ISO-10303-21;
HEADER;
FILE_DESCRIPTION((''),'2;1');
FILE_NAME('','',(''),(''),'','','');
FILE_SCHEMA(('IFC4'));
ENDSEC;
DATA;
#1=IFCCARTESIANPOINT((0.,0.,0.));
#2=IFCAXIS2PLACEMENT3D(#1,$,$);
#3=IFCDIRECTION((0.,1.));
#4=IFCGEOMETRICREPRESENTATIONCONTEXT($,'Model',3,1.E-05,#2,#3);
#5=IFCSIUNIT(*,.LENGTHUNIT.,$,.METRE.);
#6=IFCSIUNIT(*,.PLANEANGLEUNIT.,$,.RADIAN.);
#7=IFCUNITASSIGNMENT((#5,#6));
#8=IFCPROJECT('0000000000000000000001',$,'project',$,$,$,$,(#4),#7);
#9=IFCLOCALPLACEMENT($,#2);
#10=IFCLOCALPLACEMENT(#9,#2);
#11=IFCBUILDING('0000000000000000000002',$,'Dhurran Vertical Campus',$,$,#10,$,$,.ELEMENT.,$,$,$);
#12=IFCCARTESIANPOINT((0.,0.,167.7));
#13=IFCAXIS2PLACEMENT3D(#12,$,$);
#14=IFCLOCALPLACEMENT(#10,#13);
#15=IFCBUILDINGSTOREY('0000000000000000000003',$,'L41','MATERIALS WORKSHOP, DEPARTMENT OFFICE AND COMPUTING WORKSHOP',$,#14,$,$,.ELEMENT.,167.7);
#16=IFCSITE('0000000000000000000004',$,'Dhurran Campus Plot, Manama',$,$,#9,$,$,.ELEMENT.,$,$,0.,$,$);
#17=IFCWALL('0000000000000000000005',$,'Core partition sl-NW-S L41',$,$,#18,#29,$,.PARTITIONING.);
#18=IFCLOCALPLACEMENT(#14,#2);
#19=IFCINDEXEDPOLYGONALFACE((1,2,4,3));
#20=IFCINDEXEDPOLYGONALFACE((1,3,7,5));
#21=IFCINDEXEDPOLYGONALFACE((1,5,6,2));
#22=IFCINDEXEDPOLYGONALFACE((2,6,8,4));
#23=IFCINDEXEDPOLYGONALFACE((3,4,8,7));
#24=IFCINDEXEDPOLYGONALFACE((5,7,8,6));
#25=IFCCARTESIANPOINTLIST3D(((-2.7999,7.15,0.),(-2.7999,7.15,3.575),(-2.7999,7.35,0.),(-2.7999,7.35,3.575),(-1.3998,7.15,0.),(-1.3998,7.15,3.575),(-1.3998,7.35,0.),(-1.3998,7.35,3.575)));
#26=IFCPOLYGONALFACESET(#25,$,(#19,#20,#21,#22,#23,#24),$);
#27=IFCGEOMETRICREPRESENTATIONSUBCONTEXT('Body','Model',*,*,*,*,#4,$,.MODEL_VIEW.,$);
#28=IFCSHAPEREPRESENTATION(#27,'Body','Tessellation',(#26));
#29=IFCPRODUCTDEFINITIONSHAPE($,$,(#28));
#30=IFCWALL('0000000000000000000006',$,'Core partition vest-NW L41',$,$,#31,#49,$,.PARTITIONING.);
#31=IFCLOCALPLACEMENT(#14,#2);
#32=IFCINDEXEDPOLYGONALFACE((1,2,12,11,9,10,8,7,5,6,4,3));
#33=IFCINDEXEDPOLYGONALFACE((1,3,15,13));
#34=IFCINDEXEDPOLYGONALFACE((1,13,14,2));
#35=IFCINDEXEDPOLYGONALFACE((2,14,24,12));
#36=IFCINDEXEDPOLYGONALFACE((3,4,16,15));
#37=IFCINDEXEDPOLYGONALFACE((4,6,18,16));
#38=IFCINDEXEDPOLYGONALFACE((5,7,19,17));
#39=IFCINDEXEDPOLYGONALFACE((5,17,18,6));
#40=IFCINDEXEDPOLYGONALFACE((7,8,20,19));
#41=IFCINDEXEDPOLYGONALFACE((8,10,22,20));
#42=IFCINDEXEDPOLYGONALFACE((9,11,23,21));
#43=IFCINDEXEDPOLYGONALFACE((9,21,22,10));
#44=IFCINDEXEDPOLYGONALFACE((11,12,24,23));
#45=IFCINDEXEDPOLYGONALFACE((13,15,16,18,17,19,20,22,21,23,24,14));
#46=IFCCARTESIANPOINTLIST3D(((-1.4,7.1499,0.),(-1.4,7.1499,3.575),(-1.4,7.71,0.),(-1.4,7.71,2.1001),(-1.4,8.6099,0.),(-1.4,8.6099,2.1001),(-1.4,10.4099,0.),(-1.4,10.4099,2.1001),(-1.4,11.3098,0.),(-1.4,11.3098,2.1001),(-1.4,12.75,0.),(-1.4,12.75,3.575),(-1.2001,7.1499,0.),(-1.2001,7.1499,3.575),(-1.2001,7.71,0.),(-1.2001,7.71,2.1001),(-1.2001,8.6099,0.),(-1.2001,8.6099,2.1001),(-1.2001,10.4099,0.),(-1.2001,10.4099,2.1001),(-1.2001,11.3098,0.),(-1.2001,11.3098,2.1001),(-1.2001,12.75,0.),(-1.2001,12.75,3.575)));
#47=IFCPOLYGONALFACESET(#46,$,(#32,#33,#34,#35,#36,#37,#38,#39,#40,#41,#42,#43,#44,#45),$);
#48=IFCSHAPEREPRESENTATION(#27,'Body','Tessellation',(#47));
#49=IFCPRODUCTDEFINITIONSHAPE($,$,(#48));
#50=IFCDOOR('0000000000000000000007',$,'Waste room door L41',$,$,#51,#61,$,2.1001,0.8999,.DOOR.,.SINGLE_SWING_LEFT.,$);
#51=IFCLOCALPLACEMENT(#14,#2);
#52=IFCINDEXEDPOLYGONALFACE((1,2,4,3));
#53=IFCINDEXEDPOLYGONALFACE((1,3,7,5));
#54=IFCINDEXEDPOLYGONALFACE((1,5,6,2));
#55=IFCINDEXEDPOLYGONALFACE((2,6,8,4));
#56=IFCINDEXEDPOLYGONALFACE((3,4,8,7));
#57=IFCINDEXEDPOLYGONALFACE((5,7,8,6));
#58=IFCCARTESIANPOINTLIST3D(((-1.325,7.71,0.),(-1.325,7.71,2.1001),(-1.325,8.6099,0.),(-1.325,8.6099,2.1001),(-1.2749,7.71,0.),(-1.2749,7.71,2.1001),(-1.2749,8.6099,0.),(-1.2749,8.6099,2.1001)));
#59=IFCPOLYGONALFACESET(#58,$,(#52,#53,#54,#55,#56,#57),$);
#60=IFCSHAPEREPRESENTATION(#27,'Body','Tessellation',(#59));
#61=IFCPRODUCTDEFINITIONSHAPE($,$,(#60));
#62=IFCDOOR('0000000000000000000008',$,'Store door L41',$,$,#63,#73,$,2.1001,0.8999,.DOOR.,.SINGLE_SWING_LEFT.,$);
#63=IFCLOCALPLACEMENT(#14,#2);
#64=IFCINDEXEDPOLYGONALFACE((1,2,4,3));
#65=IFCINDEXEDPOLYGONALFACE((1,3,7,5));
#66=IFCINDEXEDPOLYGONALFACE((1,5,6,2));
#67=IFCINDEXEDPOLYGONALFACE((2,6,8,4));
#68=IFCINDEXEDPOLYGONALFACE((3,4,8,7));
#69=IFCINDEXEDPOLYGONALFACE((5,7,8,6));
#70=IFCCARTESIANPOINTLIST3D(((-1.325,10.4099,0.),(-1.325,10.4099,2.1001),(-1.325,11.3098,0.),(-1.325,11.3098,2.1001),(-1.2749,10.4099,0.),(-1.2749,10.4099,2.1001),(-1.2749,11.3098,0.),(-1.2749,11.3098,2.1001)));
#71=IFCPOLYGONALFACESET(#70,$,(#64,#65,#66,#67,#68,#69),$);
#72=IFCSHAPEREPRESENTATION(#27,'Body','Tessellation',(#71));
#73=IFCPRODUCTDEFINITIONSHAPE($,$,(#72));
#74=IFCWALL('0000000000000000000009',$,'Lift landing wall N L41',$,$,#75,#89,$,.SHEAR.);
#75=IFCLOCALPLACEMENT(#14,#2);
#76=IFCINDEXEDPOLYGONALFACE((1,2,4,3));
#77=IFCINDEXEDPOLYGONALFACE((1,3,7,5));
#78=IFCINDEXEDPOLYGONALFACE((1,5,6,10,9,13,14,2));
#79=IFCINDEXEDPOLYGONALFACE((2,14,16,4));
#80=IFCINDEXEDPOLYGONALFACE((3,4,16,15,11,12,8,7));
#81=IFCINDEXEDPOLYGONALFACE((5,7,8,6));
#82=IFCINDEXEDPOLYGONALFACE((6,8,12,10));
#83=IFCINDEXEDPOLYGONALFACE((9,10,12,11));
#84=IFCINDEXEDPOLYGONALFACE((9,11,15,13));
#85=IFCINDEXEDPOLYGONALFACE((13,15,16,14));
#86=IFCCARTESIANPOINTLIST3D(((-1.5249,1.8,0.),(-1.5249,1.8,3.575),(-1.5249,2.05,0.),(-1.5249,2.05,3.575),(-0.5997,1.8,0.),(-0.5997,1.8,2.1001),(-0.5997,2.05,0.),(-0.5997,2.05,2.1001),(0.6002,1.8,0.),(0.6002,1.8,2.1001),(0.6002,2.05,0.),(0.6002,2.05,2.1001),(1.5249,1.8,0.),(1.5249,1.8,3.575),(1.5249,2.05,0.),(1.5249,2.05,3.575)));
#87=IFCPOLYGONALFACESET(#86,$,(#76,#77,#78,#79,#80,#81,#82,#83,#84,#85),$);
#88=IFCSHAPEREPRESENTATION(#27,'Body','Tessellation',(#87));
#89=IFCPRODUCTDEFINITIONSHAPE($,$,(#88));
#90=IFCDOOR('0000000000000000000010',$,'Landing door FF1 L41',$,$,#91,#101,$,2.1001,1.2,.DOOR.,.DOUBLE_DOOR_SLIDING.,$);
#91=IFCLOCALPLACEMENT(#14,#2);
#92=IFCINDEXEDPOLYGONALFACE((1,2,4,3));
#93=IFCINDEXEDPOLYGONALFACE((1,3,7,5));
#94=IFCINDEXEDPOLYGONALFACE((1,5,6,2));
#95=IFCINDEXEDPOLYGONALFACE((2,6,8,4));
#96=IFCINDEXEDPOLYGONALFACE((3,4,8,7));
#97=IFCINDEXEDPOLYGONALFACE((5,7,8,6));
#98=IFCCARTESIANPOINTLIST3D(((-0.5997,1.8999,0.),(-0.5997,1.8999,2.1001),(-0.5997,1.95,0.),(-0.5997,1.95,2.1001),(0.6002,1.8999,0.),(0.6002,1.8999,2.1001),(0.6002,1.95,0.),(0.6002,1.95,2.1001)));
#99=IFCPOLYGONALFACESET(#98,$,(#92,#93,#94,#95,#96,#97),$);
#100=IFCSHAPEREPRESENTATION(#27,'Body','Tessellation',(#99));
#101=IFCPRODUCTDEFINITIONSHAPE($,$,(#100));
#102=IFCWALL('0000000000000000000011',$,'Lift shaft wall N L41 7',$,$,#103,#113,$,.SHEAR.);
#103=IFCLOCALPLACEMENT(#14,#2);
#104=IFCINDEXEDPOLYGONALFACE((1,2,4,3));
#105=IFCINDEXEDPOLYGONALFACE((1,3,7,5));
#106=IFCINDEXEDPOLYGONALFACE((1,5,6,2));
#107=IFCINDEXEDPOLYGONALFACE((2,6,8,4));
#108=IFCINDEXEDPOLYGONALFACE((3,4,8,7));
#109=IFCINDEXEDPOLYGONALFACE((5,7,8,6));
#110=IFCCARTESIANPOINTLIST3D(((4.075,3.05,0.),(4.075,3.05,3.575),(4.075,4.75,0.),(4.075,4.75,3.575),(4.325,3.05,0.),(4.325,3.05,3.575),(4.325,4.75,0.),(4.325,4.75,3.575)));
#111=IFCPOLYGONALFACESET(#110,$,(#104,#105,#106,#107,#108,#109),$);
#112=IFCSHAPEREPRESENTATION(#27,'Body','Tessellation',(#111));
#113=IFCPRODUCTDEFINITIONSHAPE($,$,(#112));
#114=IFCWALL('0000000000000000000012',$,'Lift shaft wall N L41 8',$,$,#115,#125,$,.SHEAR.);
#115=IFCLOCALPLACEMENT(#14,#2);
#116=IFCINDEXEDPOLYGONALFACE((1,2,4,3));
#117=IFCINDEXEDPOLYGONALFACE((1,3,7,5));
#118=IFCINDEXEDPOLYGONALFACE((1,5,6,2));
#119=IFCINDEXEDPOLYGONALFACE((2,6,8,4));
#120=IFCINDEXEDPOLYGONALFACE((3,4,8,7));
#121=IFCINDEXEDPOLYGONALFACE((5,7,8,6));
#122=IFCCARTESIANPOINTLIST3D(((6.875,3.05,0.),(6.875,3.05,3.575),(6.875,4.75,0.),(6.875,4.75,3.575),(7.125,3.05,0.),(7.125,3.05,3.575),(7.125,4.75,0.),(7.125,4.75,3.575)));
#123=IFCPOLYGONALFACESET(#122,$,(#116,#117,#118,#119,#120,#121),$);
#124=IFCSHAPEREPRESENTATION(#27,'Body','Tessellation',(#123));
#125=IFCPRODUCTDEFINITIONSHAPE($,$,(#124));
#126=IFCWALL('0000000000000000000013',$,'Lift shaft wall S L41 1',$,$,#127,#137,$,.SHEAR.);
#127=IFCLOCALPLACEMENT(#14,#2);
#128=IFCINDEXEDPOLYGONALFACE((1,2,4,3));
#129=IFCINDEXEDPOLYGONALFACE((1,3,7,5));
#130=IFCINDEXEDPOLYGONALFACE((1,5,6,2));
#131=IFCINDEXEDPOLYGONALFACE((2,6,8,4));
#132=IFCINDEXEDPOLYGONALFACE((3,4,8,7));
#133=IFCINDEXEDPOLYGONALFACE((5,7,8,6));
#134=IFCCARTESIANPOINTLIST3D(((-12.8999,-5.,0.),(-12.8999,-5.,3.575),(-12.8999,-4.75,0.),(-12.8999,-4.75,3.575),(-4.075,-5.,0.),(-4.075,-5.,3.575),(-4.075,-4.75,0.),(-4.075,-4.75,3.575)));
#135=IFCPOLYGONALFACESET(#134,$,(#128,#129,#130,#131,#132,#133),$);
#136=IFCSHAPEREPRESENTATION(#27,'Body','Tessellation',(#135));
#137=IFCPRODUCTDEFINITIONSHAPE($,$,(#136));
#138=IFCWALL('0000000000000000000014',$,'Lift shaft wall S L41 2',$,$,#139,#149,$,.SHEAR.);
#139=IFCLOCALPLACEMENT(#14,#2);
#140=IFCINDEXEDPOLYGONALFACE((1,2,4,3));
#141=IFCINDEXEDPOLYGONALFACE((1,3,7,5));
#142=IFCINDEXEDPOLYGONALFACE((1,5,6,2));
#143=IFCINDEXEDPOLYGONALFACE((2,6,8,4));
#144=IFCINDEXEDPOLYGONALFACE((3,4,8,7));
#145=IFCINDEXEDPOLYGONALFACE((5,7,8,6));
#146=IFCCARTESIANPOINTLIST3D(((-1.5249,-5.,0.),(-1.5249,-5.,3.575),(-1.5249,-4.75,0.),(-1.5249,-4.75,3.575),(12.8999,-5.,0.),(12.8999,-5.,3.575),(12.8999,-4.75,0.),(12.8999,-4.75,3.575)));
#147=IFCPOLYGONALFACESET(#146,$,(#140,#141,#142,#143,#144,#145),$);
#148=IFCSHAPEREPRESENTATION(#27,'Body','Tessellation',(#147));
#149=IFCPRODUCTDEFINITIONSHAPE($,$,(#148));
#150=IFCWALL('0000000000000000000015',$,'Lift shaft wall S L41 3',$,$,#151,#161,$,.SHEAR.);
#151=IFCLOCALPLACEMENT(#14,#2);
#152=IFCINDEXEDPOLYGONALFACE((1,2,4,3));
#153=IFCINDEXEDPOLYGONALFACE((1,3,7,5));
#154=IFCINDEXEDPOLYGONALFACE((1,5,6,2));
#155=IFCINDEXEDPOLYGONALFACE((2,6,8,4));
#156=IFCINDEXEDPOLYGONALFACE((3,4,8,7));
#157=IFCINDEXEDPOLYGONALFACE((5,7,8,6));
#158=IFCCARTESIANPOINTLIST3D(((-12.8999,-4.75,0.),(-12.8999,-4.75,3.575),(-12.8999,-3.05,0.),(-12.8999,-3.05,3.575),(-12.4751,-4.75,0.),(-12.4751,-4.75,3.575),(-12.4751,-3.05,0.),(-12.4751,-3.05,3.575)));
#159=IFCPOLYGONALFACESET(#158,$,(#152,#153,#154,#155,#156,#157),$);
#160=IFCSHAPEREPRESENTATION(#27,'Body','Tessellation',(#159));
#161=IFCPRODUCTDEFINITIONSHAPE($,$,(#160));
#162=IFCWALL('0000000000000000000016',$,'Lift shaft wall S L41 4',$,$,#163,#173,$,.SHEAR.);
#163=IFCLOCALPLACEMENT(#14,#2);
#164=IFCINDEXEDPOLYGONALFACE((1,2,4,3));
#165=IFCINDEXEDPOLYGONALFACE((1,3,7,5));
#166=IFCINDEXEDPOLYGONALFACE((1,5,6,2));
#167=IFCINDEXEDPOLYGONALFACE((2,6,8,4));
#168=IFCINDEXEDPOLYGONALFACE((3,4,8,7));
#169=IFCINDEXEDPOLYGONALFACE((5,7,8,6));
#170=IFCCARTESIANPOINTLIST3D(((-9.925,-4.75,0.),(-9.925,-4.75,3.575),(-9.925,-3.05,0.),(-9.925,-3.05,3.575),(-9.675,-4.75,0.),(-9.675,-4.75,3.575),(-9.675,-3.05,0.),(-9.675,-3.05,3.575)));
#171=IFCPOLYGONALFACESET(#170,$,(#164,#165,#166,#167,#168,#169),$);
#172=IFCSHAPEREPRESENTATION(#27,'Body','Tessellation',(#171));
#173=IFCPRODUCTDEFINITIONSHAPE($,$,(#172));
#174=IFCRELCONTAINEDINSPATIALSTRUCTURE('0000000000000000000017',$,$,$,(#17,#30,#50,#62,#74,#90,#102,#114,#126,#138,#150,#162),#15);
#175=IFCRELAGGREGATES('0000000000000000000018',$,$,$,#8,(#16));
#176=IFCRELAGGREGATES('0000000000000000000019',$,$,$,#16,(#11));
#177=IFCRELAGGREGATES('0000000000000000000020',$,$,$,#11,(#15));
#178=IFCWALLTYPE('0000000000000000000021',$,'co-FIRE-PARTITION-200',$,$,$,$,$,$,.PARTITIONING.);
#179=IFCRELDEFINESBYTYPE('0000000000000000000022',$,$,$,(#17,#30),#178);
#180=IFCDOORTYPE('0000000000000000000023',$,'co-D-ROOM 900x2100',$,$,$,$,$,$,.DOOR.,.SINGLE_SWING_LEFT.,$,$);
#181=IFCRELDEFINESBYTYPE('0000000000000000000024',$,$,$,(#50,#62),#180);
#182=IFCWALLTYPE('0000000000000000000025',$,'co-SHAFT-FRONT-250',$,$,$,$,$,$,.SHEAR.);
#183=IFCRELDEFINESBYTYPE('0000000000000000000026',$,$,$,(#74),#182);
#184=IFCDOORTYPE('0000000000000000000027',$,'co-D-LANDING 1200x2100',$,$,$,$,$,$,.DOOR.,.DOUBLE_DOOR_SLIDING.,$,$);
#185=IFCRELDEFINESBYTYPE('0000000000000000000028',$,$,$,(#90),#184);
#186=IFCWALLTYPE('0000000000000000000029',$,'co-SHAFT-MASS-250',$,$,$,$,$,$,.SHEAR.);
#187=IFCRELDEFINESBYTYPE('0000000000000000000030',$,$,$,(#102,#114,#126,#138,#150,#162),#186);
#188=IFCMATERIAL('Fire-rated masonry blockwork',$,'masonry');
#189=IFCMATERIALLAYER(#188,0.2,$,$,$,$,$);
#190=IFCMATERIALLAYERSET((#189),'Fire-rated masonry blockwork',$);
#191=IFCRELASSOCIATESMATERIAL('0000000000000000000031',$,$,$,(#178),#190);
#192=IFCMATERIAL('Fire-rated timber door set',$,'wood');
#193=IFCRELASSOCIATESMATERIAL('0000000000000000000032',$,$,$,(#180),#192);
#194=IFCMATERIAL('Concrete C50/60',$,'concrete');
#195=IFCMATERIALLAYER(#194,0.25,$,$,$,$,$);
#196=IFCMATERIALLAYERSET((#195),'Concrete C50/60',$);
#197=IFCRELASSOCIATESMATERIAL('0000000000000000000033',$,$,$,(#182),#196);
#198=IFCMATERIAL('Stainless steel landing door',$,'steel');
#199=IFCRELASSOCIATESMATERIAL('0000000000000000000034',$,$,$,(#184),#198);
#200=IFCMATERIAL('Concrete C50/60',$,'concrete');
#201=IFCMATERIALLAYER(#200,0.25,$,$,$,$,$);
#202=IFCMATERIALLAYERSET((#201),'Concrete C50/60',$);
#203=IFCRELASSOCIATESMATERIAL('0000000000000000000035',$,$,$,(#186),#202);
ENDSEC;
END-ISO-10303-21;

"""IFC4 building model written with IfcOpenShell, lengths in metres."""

from ifc_helpers import new_model, si_unit, direction, frame, frame_2d, origin, place, context, subcontext, project, spatial, polyline, rectangle, outline, extrude, material, layer, layer_set, type_object, element, fill, save


model = new_model("IFC4")

# Units and contexts
model_context = context("Model", 3, precision=1e-05, world=origin(), true_north=direction((0.0, 1.0)))
body_context = subcontext(model_context, "Body", "Model", "MODEL_VIEW")
ifc_project = project(units=[si_unit("LENGTHUNIT", "METRE"), si_unit("PLANEANGLEUNIT", "RADIAN")], contexts=[model_context])

# Site, building, storey
site_placement = place(None, origin())
site = spatial("IfcSite", under=ifc_project, at=site_placement, Name="Dhurran Campus Plot, Manama", CompositionType="ELEMENT", RefElevation=0.0)
building_placement = place(site_placement, origin())
building = spatial("IfcBuilding", under=site, at=building_placement, Name="Dhurran Vertical Campus", CompositionType="ELEMENT")
storey_placement = place(building_placement, frame((0.0, 0.0, 167.7)))
storey = spatial("IfcBuildingStorey", under=building, at=storey_placement, Name="L41", Description="MATERIALS WORKSHOP, DEPARTMENT OFFICE AND COMPUTING WORKSHOP", CompositionType="ELEMENT", Elevation=167.7)

# Wall
ifc_material_1 = material(Name="Fire-rated masonry blockwork", Category="masonry")
ifc_layer_1 = layer(ifc_material_1, 0.2)
ifc_layer_set_1 = layer_set([ifc_layer_1], Name="Fire-rated masonry blockwork")
wall_type_1 = type_object("IfcWallType", Name="co-FIRE-PARTITION-200", PredefinedType="PARTITIONING", material=ifc_layer_set_1)
wall_1_placement = place(storey_placement, frame((-2.8, 7.25, 0.0), z_axis=(0.0, 0.0, 1.0), x_axis=(1.0, 0.0, 0.0)))
element("IfcWall", 1, at=wall_1_placement, inside=storey, type_object=wall_type_1, Name="Core partition sl-NW-S L41", PredefinedType="PARTITIONING", context=body_context, shape_type="SweptSolid", body=[
    extrude(rectangle(XDim=1.4001, YDim=0.2, at=frame_2d((0.7002, 0.0))), origin(), (0.0, 0.0, 1.0), 3.575),
])

# Wall, openings, doors
wall_2_placement = place(storey_placement, frame((-1.3, 7.1499, 0.0), z_axis=(0.0, 0.0, 1.0), x_axis=(0.0, 1.0, 0.0)))
wall_2 = element("IfcWall", 2, at=wall_2_placement, inside=storey, type_object=wall_type_1, Name="Core partition vest-NW L41", PredefinedType="PARTITIONING", context=body_context, shape_type="SweptSolid", body=[
    extrude(rectangle(XDim=5.6001, YDim=0.2, at=frame_2d((2.8, 0.0))), origin(), (0.0, 0.0, 1.0), 3.575),
])
opening_1_placement = place(wall_2_placement, frame((0.5601, 0.0, 0.0)))
opening_1 = element("IfcOpeningElement", 3, at=opening_1_placement, cuts=wall_2, PredefinedType="OPENING", context=body_context, shape_type="SweptSolid", body=[
    extrude(rectangle(XDim=0.8999, YDim=2.1001, at=frame_2d((0.45, 1.05))), frame((0.0, 0.1099, 0.0), z_axis=(0.0, -1.0, 0.0), x_axis=(1.0, 0.0, 0.0)), (0.0, 0.0, 1.0), 0.22),
])
opening_2_placement = place(wall_2_placement, frame((3.26, 0.0, 0.0)))
opening_2 = element("IfcOpeningElement", 4, at=opening_2_placement, cuts=wall_2, PredefinedType="OPENING", context=body_context, shape_type="SweptSolid", body=[
    extrude(rectangle(XDim=0.8999, YDim=2.1001, at=frame_2d((0.45, 1.05))), frame((0.0, 0.1099, 0.0), z_axis=(0.0, -1.0, 0.0), x_axis=(1.0, 0.0, 0.0)), (0.0, 0.0, 1.0), 0.22),
])
ifc_material_2 = material(Name="Fire-rated timber door set", Category="wood")
door_type_1 = type_object("IfcDoorType", Name="co-D-ROOM 900x2100", OperationType="SINGLE_SWING_LEFT", PredefinedType="DOOR", material=ifc_material_2)
door_1_placement = place(opening_1_placement, origin())
door_1 = element("IfcDoor", 5, at=door_1_placement, inside=storey, type_object=door_type_1, Name="Waste room door L41", OperationType="SINGLE_SWING_LEFT", OverallHeight=2.1001, OverallWidth=0.8999, PredefinedType="DOOR", context=body_context, shape_type="SweptSolid", body=[
    extrude(rectangle(XDim=0.8999, YDim=2.1001, at=frame_2d((0.45, 1.05))), frame((0.0, 0.0249, 0.0), z_axis=(0.0, -1.0, 0.0), x_axis=(1.0, 0.0, 0.0)), (0.0, 0.0, 1.0), 0.05),
])
fill(opening_1, door_1)
door_2_placement = place(opening_2_placement, origin())
door_2 = element("IfcDoor", 6, at=door_2_placement, inside=storey, type_object=door_type_1, Name="Store door L41", OperationType="SINGLE_SWING_LEFT", OverallHeight=2.1001, OverallWidth=0.8999, PredefinedType="DOOR", context=body_context, shape_type="SweptSolid", body=[
    extrude(rectangle(XDim=0.8999, YDim=2.1001, at=frame_2d((0.45, 1.05))), frame((0.0, 0.0249, 0.0), z_axis=(0.0, -1.0, 0.0), x_axis=(1.0, 0.0, 0.0)), (0.0, 0.0, 1.0), 0.05),
])
fill(opening_2, door_2)

# Wall, opening, door
ifc_material_3 = material(Name="Concrete C50/60", Category="concrete")
ifc_layer_2 = layer(ifc_material_3, 0.25)
ifc_layer_set_2 = layer_set([ifc_layer_2], Name="Concrete C50/60")
wall_type_2 = type_object("IfcWallType", Name="co-SHAFT-FRONT-250", PredefinedType="SHEAR", material=ifc_layer_set_2)
wall_3_placement = place(storey_placement, frame((-1.5249, 1.925, 0.0), z_axis=(0.0, 0.0, 1.0), x_axis=(1.0, 0.0, 0.0)))
wall_3 = element("IfcWall", 7, at=wall_3_placement, inside=storey, type_object=wall_type_2, Name="Lift landing wall N L41", PredefinedType="SHEAR", context=body_context, shape_type="SweptSolid", body=[
    extrude(rectangle(XDim=3.0498, YDim=0.25, at=frame_2d((1.5249, 0.0))), origin(), (0.0, 0.0, 1.0), 3.575),
])
opening_3_placement = place(wall_3_placement, frame((0.925, 0.0, 0.0)))
opening_3 = element("IfcOpeningElement", 8, at=opening_3_placement, cuts=wall_3, PredefinedType="OPENING", context=body_context, shape_type="SweptSolid", body=[
    extrude(rectangle(XDim=1.2, YDim=2.1001, at=frame_2d((0.6001, 1.05))), frame((0.0, 0.135, 0.0), z_axis=(0.0, -1.0, 0.0), x_axis=(1.0, 0.0, 0.0)), (0.0, 0.0, 1.0), 0.27),
])
ifc_material_4 = material(Name="Stainless steel landing door", Category="steel")
door_type_2 = type_object("IfcDoorType", Name="co-D-LANDING 1200x2100", OperationType="DOUBLE_DOOR_SLIDING", PredefinedType="DOOR", material=ifc_material_4)
door_3_placement = place(opening_3_placement, origin())
door_3 = element("IfcDoor", 9, at=door_3_placement, inside=storey, type_object=door_type_2, Name="Landing door FF1 L41", OperationType="DOUBLE_DOOR_SLIDING", OverallHeight=2.1001, OverallWidth=1.2, PredefinedType="DOOR", context=body_context, shape_type="SweptSolid", body=[
    extrude(rectangle(XDim=1.2, YDim=2.1001, at=frame_2d((0.6001, 1.05))), frame((0.0, 0.0249, 0.0), z_axis=(0.0, -1.0, 0.0), x_axis=(1.0, 0.0, 0.0)), (0.0, 0.0, 1.0), 0.05),
])
fill(opening_3, door_3)

# Walls
ifc_material_5 = material(Name="Concrete C50/60", Category="concrete")
ifc_layer_3 = layer(ifc_material_5, 0.25)
ifc_layer_set_3 = layer_set([ifc_layer_3], Name="Concrete C50/60")
wall_type_3 = type_object("IfcWallType", Name="co-SHAFT-MASS-250", PredefinedType="SHEAR", material=ifc_layer_set_3)
wall_4_placement = place(storey_placement, origin())
element("IfcWall", 10, at=wall_4_placement, inside=storey, type_object=wall_type_3, Name="Lift shaft wall N L41 7", PredefinedType="SHEAR", context=body_context, shape_type="SweptSolid", body=[
    extrude(outline(polyline([(4.075, 3.05), (4.325, 3.05), (4.325, 4.75), (4.075, 4.75), (4.075, 3.05)])), origin(), (0.0, 0.0, 1.0), 3.575),
])
wall_5_placement = place(storey_placement, origin())
element("IfcWall", 11, at=wall_5_placement, inside=storey, type_object=wall_type_3, Name="Lift shaft wall N L41 8", PredefinedType="SHEAR", context=body_context, shape_type="SweptSolid", body=[
    extrude(outline(polyline([(6.875, 3.05), (7.125, 3.05), (7.125, 4.75), (6.875, 4.75), (6.875, 3.05)])), origin(), (0.0, 0.0, 1.0), 3.575),
])
wall_6_placement = place(storey_placement, origin())
element("IfcWall", 12, at=wall_6_placement, inside=storey, type_object=wall_type_3, Name="Lift shaft wall S L41 1", PredefinedType="SHEAR", context=body_context, shape_type="SweptSolid", body=[
    extrude(outline(polyline([(-12.8999, -5.0), (-4.075, -5.0), (-4.075, -4.75), (-12.8999, -4.75), (-12.8999, -5.0)])), origin(), (0.0, 0.0, 1.0), 3.575),
])
wall_7_placement = place(storey_placement, origin())
element("IfcWall", 13, at=wall_7_placement, inside=storey, type_object=wall_type_3, Name="Lift shaft wall S L41 2", PredefinedType="SHEAR", context=body_context, shape_type="SweptSolid", body=[
    extrude(outline(polyline([(-1.5249, -5.0), (12.8999, -5.0), (12.8999, -4.75), (-1.5249, -4.75), (-1.5249, -5.0)])), origin(), (0.0, 0.0, 1.0), 3.575),
])
wall_8_placement = place(storey_placement, origin())
element("IfcWall", 14, at=wall_8_placement, inside=storey, type_object=wall_type_3, Name="Lift shaft wall S L41 3", PredefinedType="SHEAR", context=body_context, shape_type="SweptSolid", body=[
    extrude(outline(polyline([(-12.8999, -4.75), (-12.4751, -4.75), (-12.4751, -3.05), (-12.8999, -3.05), (-12.8999, -4.75)])), origin(), (0.0, 0.0, 1.0), 3.575),
])
wall_9_placement = place(storey_placement, origin())
element("IfcWall", 15, at=wall_9_placement, inside=storey, type_object=wall_type_3, Name="Lift shaft wall S L41 4", PredefinedType="SHEAR", context=body_context, shape_type="SweptSolid", body=[
    extrude(outline(polyline([(-9.925, -4.75), (-9.675, -4.75), (-9.675, -3.05), (-9.925, -3.05), (-9.925, -4.75)])), origin(), (0.0, 0.0, 1.0), 3.575),
])

save(model, "model.ifc")
